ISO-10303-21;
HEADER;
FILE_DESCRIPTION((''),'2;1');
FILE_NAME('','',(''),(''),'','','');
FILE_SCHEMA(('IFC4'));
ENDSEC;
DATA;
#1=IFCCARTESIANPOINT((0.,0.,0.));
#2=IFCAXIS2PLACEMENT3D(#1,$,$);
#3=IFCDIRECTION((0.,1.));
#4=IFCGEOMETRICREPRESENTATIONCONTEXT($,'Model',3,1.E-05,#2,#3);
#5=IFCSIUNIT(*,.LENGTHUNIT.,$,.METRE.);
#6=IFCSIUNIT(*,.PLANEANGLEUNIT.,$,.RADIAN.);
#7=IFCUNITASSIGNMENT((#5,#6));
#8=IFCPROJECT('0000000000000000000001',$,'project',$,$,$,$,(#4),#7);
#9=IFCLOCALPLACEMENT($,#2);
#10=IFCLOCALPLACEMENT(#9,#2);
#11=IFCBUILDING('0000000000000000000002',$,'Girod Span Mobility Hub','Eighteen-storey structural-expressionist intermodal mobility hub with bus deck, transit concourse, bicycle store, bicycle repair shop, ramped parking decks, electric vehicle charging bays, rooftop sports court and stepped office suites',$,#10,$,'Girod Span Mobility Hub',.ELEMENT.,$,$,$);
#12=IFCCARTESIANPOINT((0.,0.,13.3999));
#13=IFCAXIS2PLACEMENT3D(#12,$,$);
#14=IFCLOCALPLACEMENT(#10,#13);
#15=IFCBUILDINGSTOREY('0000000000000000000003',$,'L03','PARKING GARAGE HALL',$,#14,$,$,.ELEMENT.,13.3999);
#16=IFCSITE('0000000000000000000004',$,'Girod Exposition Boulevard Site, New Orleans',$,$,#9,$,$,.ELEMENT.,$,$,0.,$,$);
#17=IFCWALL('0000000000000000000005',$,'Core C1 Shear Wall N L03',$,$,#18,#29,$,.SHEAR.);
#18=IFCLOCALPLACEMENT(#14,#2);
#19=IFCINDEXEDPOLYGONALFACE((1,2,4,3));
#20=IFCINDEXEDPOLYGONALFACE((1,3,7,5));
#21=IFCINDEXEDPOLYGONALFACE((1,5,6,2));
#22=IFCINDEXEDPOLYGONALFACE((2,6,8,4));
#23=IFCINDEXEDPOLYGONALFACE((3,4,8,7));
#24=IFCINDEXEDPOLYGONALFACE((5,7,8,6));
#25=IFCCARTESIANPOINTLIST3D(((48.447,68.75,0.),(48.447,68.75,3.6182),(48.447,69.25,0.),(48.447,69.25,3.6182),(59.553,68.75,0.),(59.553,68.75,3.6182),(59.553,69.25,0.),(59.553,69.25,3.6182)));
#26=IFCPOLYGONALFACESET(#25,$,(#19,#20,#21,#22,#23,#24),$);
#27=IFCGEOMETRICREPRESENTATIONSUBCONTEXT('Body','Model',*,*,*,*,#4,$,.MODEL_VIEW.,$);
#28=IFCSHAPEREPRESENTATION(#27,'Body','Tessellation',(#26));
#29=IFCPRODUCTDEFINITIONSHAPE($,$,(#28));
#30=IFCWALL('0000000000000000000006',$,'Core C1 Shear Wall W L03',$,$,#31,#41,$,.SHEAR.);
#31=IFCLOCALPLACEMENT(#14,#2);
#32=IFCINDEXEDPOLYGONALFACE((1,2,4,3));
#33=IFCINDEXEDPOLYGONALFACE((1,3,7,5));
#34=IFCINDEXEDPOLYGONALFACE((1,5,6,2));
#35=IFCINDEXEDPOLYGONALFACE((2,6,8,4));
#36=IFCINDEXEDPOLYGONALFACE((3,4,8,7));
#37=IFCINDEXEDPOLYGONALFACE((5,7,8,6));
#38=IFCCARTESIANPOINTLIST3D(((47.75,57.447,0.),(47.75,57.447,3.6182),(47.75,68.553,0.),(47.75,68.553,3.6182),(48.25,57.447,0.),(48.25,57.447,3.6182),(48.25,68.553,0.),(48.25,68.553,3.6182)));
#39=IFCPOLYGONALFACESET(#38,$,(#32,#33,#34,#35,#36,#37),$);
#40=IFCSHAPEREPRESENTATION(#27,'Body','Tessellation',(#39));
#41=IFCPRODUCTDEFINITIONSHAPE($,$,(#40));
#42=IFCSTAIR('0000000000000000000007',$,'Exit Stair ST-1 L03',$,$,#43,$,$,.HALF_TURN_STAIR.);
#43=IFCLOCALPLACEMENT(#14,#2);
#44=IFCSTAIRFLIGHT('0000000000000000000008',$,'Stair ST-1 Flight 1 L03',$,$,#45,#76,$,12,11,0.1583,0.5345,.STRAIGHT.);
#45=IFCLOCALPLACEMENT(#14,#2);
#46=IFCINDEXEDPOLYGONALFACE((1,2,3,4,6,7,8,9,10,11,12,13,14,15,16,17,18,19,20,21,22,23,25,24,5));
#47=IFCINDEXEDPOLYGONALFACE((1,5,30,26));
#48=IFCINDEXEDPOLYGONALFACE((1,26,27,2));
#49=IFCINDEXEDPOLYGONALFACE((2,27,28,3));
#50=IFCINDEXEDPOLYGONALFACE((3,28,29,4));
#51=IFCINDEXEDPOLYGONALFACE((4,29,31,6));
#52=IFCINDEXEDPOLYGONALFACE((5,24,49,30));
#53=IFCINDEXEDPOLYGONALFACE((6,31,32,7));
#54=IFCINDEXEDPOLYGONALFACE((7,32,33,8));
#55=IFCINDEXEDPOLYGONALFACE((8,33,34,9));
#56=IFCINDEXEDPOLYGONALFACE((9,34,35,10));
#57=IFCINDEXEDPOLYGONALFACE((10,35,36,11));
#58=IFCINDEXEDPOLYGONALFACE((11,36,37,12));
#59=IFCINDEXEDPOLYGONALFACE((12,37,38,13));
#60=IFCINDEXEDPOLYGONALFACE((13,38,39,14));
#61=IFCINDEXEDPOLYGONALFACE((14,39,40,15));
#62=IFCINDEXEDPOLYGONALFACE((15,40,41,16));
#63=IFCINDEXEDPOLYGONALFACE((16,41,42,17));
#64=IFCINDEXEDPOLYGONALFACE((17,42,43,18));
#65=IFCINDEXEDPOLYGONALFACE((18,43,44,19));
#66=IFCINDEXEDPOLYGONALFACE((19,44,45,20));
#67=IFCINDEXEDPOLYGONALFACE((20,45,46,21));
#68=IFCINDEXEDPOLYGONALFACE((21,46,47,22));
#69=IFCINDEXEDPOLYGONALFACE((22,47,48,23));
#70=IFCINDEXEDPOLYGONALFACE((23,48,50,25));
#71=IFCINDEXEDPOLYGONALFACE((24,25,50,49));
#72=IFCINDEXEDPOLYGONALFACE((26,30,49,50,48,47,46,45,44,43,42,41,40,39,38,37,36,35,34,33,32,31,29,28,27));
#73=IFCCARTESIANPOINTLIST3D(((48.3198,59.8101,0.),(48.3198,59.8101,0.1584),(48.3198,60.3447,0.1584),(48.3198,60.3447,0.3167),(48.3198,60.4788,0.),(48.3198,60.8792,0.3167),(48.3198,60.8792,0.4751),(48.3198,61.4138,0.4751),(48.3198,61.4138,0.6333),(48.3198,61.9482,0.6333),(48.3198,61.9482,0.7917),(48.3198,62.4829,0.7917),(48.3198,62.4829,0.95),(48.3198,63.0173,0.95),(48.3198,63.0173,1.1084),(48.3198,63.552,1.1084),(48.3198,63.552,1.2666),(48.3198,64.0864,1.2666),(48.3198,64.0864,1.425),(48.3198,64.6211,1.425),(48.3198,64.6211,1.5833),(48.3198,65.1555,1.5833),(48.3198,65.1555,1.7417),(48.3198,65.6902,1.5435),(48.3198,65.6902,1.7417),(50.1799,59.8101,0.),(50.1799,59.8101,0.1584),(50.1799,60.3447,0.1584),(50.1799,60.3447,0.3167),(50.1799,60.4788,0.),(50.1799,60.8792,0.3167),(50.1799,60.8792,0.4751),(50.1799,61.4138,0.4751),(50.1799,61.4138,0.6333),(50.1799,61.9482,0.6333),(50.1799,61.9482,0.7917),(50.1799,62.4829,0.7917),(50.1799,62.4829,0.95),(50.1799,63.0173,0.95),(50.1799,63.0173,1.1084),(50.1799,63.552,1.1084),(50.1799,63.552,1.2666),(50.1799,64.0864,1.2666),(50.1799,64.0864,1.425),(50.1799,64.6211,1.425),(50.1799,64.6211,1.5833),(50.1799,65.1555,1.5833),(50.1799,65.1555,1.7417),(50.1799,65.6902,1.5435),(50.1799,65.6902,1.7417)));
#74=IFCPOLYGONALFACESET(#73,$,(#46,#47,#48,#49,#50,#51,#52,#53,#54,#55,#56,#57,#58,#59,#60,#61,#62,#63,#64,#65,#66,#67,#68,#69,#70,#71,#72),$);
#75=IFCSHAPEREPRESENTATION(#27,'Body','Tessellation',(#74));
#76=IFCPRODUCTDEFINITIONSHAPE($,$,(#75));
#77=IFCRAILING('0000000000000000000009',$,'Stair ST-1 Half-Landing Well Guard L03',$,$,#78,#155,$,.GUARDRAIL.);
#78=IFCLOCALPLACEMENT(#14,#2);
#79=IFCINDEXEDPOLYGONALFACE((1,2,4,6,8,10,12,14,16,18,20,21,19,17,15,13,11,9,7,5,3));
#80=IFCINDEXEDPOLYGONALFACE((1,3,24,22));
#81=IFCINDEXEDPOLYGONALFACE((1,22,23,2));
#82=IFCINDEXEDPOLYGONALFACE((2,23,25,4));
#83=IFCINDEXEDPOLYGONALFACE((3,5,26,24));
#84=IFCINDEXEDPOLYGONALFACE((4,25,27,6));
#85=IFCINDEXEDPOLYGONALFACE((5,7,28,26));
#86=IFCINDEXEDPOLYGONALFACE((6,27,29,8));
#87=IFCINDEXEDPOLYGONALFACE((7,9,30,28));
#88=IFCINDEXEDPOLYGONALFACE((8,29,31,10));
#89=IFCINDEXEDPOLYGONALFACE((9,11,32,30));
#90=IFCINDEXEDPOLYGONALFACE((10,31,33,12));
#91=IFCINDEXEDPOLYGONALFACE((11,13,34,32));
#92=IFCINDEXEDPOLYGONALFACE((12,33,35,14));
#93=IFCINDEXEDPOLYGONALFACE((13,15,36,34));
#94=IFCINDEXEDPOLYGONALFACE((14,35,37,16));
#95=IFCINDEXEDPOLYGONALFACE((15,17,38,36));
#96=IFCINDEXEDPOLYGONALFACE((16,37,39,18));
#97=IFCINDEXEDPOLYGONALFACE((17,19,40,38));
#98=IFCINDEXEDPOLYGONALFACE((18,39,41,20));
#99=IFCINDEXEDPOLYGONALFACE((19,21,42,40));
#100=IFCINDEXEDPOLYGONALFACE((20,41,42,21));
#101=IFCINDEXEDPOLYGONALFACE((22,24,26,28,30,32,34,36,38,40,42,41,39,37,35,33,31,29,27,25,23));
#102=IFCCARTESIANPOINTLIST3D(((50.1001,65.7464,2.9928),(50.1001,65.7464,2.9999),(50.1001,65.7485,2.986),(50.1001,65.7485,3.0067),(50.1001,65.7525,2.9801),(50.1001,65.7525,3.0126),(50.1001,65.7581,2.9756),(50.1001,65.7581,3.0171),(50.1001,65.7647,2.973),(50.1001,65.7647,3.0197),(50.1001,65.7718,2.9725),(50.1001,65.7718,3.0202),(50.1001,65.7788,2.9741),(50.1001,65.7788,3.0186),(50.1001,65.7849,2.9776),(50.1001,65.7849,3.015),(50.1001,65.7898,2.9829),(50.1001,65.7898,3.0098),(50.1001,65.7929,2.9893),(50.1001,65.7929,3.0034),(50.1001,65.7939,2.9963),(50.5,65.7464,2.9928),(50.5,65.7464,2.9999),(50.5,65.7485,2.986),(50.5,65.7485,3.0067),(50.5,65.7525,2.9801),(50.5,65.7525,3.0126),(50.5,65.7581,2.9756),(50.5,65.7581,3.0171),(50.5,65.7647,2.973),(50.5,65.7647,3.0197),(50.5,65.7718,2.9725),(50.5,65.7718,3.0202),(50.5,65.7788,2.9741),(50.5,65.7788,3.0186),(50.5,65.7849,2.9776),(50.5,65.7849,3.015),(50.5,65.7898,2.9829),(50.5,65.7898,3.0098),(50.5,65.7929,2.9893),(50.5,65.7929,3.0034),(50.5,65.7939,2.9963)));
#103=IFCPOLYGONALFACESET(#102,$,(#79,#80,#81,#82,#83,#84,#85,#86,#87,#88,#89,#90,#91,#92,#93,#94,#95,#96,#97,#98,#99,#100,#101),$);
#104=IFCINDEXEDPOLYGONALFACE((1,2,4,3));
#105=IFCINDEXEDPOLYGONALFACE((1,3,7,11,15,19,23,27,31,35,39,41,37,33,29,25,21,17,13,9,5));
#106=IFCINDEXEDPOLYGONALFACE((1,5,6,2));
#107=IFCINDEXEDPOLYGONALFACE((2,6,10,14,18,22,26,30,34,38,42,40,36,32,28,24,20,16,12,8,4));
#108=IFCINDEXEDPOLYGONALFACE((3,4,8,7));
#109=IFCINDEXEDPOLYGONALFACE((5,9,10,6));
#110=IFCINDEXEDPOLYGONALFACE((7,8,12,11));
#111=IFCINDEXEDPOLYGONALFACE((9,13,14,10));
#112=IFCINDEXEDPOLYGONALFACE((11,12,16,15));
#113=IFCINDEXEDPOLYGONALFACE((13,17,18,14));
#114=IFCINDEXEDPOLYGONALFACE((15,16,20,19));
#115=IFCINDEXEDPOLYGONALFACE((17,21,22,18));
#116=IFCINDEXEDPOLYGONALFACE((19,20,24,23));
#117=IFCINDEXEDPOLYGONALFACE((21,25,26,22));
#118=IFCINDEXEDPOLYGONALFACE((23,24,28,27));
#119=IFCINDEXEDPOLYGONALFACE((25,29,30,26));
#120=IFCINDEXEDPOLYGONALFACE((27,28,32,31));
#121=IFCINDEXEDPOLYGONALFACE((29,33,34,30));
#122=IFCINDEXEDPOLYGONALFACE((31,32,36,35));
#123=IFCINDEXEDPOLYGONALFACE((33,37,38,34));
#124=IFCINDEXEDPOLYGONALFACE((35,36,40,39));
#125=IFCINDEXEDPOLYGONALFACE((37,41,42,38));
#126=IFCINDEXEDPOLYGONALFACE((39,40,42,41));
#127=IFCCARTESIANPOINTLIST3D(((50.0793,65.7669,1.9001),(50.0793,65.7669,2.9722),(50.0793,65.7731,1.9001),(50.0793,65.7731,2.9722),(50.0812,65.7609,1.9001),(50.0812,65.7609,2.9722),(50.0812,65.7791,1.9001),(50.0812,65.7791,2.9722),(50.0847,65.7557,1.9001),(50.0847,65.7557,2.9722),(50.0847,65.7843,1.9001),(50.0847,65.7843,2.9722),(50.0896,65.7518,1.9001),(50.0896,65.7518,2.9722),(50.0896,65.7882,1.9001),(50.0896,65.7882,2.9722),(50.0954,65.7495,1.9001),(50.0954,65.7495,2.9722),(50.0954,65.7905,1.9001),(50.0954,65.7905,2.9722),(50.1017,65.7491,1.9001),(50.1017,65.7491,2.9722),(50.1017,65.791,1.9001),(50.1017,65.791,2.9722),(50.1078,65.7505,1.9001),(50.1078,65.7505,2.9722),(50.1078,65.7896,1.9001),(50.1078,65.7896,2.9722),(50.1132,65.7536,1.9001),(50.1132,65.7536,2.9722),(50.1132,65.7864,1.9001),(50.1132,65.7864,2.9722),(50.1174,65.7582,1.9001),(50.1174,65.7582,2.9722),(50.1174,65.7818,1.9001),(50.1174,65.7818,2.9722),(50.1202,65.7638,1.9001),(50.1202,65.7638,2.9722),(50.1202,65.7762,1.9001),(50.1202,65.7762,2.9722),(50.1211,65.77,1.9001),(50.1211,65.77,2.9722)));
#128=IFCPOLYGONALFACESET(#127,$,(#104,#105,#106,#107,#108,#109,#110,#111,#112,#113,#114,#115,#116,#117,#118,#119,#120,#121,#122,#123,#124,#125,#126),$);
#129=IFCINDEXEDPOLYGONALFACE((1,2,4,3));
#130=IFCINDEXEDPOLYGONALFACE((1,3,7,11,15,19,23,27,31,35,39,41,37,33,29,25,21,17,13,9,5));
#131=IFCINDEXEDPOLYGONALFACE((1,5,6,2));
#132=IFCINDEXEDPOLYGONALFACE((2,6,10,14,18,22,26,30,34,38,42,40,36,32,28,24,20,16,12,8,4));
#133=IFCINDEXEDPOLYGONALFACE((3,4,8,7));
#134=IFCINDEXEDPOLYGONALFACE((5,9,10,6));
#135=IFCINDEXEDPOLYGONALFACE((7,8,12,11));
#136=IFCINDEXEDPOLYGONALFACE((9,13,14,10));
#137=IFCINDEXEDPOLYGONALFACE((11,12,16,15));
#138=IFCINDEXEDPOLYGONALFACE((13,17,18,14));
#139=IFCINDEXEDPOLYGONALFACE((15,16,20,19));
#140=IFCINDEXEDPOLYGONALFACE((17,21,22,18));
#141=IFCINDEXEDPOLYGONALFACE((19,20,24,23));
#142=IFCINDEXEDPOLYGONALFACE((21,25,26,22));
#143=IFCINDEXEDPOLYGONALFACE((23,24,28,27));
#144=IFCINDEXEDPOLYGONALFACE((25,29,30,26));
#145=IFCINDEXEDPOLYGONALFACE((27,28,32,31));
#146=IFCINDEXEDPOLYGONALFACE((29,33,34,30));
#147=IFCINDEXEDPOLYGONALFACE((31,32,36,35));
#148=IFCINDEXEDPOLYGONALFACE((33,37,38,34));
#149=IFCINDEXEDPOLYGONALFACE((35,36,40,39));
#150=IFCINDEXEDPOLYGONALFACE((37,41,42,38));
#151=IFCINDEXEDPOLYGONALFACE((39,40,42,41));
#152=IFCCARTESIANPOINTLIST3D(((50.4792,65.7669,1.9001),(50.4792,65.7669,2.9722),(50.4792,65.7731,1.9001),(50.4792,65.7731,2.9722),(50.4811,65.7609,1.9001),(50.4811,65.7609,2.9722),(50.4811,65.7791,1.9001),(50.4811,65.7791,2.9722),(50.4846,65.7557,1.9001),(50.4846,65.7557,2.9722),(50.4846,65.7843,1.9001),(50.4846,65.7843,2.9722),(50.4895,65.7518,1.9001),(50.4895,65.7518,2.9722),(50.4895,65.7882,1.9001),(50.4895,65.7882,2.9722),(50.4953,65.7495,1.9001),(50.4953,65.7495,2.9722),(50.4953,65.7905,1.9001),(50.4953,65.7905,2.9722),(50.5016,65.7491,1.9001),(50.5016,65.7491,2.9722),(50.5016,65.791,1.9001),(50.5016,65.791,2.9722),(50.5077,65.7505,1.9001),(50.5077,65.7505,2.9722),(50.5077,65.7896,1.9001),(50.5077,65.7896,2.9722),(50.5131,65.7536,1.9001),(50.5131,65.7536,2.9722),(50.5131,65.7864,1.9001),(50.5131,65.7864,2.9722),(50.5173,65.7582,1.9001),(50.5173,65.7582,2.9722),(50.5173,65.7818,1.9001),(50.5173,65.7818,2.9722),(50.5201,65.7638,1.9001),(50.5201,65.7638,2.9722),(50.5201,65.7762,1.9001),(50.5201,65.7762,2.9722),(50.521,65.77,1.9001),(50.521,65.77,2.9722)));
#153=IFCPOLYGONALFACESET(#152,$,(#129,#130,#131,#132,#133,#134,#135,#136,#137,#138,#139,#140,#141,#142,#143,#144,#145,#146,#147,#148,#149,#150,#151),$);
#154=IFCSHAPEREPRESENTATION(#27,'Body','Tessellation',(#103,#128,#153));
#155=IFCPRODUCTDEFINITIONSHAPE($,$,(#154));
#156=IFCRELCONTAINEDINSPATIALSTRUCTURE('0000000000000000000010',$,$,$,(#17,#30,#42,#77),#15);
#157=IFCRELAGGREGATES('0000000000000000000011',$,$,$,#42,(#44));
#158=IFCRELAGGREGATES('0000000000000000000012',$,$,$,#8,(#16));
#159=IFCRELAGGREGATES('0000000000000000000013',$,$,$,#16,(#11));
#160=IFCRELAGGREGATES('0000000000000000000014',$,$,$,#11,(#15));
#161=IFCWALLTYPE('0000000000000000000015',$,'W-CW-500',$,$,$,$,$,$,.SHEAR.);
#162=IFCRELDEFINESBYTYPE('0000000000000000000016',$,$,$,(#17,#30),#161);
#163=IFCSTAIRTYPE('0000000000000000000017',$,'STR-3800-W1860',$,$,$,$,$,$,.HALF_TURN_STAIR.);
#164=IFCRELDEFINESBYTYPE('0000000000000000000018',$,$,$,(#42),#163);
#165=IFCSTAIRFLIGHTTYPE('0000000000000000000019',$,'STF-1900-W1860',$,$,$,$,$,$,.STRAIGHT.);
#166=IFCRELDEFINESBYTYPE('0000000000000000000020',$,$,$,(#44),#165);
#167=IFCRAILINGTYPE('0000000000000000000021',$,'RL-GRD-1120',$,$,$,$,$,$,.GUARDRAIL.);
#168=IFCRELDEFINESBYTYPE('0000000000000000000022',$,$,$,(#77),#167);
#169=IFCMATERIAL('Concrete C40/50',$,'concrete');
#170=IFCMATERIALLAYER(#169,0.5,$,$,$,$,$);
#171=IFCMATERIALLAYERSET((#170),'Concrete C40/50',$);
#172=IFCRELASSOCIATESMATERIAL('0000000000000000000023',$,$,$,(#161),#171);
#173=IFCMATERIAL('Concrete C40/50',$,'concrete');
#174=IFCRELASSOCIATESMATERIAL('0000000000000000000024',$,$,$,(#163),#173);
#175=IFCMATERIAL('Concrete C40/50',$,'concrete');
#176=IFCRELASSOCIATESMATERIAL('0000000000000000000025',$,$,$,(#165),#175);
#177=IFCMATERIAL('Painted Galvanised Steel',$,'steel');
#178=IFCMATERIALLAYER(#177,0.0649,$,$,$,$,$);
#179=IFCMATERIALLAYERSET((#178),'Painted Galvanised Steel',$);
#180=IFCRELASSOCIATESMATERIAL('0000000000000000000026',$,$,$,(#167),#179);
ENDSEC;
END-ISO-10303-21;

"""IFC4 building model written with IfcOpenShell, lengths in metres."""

from ifc_helpers import new_model, si_unit, direction, frame, frame_2d, origin, origin_2d, place, context, subcontext, project, spatial, polyline, rectangle, circle, outline, extrude, material, layer, layer_set, type_object, element, aggregate, save


model = new_model("IFC4")

# Units and contexts
model_context = context("Model", 3, precision=1e-05, world=origin(), true_north=direction((0.0, 1.0)))
body_context = subcontext(model_context, "Body", "Model", "MODEL_VIEW")
ifc_project = project(units=[si_unit("LENGTHUNIT", "METRE"), si_unit("PLANEANGLEUNIT", "RADIAN")], contexts=[model_context])

# Site, building, storey
site_placement = place(None, origin())
site = spatial("IfcSite", under=ifc_project, at=site_placement, Name="Girod Exposition Boulevard Site, New Orleans", CompositionType="ELEMENT", RefElevation=0.0)
building_placement = place(site_placement, origin())
building = spatial("IfcBuilding", under=site, at=building_placement, Name="Girod Span Mobility Hub", Description="Eighteen-storey structural-expressionist intermodal mobility hub with bus deck, transit concourse, bicycle store, bicycle repair shop, ramped parking decks, electric vehicle charging bays, rooftop sports court and stepped office suites", LongName="Girod Span Mobility Hub", CompositionType="ELEMENT")
storey_placement = place(building_placement, frame((0.0, 0.0, 13.3999)))
storey = spatial("IfcBuildingStorey", under=building, at=storey_placement, Name="L03", Description="PARKING GARAGE HALL", CompositionType="ELEMENT", Elevation=13.3999)

# Shared definitions
ifc_material_1 = material(Name="Concrete C40/50", Category="concrete")
ifc_layer_1 = layer(ifc_material_1, 0.5)
ifc_layer_set_1 = layer_set([ifc_layer_1], Name="Concrete C40/50")
wall_type = type_object("IfcWallType", Name="W-CW-500", PredefinedType="SHEAR", material=ifc_layer_set_1)

# Walls
for number, where, z_axis, x_axis, name in (
    (1, (48.447, 69.0, 0.0), (0.0, 0.0, 1.0), (1.0, 0.0, 0.0), "Core C1 Shear Wall N L03"),
    (2, (48.0, 57.447, 0.0), (0.0, 0.0, 1.0), (0.0, 1.0, 0.0), "Core C1 Shear Wall W L03"),
):
    element("IfcWall", number, at=place(storey_placement, frame(where, z_axis=z_axis, x_axis=x_axis)), inside=storey, type_object=wall_type, Name=name, PredefinedType="SHEAR", context=body_context, shape_type="SweptSolid", body=[
        extrude(rectangle(XDim=11.106, YDim=0.5, at=frame_2d((5.553, 0.0))), origin(), (0.0, 0.0, 1.0), 3.6182),
    ])

# Stair, stair flight
ifc_material_2 = material(Name="Concrete C40/50", Category="concrete")
stair_type = type_object("IfcStairType", Name="STR-3800-W1860", PredefinedType="HALF_TURN_STAIR", material=ifc_material_2)
stair_placement = place(storey_placement, origin())
stair = element("IfcStair", 3, at=stair_placement, inside=storey, type_object=stair_type, Name="Exit Stair ST-1 L03", PredefinedType="HALF_TURN_STAIR")
ifc_material_3 = material(Name="Concrete C40/50", Category="concrete")
stair_flight_type = type_object("IfcStairFlightType", Name="STF-1900-W1860", PredefinedType="STRAIGHT", material=ifc_material_3)
stair_flight_placement = place(storey_placement, frame((49.25, 59.8101, 0.0), z_axis=(0.0, 0.0, 1.0), x_axis=(0.0, 1.0, 0.0)))
stair_flight = element("IfcStairFlight", 4, at=stair_flight_placement, type_object=stair_flight_type, Name="Stair ST-1 Flight 1 L03", NumberOfRisers=12, NumberOfTreads=11, PredefinedType="STRAIGHT", RiserHeight=0.1583, TreadLength=0.5345, context=body_context, shape_type="SweptSolid", body=[
    extrude(outline(polyline([(0.0, 0.0), (0.0, 0.1584), (0.5347, 0.1584), (0.5347, 0.3167), (1.0691, 0.3167), (1.0691, 0.4751), (1.6038, 0.4751), (1.6038, 0.6333), (2.1382, 0.6333), (2.1382, 0.7917), (2.6729, 0.7917), (2.6729, 0.95), (3.2073, 0.95), (3.2073, 1.1084), (3.7419, 1.1084), (3.7419, 1.2666), (4.2764, 1.2666), (4.2764, 1.425), (4.811, 1.425), (4.811, 1.5833), (5.3455, 1.5833), (5.3455, 1.7417), (5.8801, 1.7417), (5.8801, 1.8999), (5.8801, 1.5435), (0.6687, 0.0), (0.0, 0.0)])), frame((0.0, 0.9302, 0.0), z_axis=(0.0, -1.0, 0.0), x_axis=(1.0, 0.0, 0.0)), (0.0, 0.0, 1.0), 1.8601),
])
aggregate(stair, [stair_flight])

# Railing
ifc_material_4 = material(Name="Painted Galvanised Steel", Category="steel")
ifc_layer_2 = layer(ifc_material_4, 0.0649)
ifc_layer_set_2 = layer_set([ifc_layer_2], Name="Painted Galvanised Steel")
railing_type_1 = type_object("IfcRailingType", Name="RL-GRD-1120", PredefinedType="GUARDRAIL", material=ifc_layer_set_2)
for number, where, name in (
    (5, (50.1001, 65.77, 1.9001), "Stair ST-1 Half-Landing Well Guard L03"),
):
    element("IfcRailing", number, at=place(storey_placement, frame(where)), inside=storey, type_object=railing_type_1, Name=name, PredefinedType="GUARDRAIL", context=body_context, shape_type="SweptSolid", body=[
        extrude(circle(Radius=0.0239, at=origin_2d()), frame((0.0, 0.0, 1.0962), z_axis=(1.0, 0.0, 0.0), x_axis=(0.0, 1.0, 0.0)), (0.0, 0.0, 1.0), 0.3999),
        extrude(circle(Radius=0.021, at=origin_2d()), origin(), (0.0, 0.0, 1.0), 1.072),
        extrude(circle(Radius=0.021, at=origin_2d()), frame((0.3999, 0.0, 0.0)), (0.0, 0.0, 1.0), 1.072),
    ])

save(model, "model.ifc")
